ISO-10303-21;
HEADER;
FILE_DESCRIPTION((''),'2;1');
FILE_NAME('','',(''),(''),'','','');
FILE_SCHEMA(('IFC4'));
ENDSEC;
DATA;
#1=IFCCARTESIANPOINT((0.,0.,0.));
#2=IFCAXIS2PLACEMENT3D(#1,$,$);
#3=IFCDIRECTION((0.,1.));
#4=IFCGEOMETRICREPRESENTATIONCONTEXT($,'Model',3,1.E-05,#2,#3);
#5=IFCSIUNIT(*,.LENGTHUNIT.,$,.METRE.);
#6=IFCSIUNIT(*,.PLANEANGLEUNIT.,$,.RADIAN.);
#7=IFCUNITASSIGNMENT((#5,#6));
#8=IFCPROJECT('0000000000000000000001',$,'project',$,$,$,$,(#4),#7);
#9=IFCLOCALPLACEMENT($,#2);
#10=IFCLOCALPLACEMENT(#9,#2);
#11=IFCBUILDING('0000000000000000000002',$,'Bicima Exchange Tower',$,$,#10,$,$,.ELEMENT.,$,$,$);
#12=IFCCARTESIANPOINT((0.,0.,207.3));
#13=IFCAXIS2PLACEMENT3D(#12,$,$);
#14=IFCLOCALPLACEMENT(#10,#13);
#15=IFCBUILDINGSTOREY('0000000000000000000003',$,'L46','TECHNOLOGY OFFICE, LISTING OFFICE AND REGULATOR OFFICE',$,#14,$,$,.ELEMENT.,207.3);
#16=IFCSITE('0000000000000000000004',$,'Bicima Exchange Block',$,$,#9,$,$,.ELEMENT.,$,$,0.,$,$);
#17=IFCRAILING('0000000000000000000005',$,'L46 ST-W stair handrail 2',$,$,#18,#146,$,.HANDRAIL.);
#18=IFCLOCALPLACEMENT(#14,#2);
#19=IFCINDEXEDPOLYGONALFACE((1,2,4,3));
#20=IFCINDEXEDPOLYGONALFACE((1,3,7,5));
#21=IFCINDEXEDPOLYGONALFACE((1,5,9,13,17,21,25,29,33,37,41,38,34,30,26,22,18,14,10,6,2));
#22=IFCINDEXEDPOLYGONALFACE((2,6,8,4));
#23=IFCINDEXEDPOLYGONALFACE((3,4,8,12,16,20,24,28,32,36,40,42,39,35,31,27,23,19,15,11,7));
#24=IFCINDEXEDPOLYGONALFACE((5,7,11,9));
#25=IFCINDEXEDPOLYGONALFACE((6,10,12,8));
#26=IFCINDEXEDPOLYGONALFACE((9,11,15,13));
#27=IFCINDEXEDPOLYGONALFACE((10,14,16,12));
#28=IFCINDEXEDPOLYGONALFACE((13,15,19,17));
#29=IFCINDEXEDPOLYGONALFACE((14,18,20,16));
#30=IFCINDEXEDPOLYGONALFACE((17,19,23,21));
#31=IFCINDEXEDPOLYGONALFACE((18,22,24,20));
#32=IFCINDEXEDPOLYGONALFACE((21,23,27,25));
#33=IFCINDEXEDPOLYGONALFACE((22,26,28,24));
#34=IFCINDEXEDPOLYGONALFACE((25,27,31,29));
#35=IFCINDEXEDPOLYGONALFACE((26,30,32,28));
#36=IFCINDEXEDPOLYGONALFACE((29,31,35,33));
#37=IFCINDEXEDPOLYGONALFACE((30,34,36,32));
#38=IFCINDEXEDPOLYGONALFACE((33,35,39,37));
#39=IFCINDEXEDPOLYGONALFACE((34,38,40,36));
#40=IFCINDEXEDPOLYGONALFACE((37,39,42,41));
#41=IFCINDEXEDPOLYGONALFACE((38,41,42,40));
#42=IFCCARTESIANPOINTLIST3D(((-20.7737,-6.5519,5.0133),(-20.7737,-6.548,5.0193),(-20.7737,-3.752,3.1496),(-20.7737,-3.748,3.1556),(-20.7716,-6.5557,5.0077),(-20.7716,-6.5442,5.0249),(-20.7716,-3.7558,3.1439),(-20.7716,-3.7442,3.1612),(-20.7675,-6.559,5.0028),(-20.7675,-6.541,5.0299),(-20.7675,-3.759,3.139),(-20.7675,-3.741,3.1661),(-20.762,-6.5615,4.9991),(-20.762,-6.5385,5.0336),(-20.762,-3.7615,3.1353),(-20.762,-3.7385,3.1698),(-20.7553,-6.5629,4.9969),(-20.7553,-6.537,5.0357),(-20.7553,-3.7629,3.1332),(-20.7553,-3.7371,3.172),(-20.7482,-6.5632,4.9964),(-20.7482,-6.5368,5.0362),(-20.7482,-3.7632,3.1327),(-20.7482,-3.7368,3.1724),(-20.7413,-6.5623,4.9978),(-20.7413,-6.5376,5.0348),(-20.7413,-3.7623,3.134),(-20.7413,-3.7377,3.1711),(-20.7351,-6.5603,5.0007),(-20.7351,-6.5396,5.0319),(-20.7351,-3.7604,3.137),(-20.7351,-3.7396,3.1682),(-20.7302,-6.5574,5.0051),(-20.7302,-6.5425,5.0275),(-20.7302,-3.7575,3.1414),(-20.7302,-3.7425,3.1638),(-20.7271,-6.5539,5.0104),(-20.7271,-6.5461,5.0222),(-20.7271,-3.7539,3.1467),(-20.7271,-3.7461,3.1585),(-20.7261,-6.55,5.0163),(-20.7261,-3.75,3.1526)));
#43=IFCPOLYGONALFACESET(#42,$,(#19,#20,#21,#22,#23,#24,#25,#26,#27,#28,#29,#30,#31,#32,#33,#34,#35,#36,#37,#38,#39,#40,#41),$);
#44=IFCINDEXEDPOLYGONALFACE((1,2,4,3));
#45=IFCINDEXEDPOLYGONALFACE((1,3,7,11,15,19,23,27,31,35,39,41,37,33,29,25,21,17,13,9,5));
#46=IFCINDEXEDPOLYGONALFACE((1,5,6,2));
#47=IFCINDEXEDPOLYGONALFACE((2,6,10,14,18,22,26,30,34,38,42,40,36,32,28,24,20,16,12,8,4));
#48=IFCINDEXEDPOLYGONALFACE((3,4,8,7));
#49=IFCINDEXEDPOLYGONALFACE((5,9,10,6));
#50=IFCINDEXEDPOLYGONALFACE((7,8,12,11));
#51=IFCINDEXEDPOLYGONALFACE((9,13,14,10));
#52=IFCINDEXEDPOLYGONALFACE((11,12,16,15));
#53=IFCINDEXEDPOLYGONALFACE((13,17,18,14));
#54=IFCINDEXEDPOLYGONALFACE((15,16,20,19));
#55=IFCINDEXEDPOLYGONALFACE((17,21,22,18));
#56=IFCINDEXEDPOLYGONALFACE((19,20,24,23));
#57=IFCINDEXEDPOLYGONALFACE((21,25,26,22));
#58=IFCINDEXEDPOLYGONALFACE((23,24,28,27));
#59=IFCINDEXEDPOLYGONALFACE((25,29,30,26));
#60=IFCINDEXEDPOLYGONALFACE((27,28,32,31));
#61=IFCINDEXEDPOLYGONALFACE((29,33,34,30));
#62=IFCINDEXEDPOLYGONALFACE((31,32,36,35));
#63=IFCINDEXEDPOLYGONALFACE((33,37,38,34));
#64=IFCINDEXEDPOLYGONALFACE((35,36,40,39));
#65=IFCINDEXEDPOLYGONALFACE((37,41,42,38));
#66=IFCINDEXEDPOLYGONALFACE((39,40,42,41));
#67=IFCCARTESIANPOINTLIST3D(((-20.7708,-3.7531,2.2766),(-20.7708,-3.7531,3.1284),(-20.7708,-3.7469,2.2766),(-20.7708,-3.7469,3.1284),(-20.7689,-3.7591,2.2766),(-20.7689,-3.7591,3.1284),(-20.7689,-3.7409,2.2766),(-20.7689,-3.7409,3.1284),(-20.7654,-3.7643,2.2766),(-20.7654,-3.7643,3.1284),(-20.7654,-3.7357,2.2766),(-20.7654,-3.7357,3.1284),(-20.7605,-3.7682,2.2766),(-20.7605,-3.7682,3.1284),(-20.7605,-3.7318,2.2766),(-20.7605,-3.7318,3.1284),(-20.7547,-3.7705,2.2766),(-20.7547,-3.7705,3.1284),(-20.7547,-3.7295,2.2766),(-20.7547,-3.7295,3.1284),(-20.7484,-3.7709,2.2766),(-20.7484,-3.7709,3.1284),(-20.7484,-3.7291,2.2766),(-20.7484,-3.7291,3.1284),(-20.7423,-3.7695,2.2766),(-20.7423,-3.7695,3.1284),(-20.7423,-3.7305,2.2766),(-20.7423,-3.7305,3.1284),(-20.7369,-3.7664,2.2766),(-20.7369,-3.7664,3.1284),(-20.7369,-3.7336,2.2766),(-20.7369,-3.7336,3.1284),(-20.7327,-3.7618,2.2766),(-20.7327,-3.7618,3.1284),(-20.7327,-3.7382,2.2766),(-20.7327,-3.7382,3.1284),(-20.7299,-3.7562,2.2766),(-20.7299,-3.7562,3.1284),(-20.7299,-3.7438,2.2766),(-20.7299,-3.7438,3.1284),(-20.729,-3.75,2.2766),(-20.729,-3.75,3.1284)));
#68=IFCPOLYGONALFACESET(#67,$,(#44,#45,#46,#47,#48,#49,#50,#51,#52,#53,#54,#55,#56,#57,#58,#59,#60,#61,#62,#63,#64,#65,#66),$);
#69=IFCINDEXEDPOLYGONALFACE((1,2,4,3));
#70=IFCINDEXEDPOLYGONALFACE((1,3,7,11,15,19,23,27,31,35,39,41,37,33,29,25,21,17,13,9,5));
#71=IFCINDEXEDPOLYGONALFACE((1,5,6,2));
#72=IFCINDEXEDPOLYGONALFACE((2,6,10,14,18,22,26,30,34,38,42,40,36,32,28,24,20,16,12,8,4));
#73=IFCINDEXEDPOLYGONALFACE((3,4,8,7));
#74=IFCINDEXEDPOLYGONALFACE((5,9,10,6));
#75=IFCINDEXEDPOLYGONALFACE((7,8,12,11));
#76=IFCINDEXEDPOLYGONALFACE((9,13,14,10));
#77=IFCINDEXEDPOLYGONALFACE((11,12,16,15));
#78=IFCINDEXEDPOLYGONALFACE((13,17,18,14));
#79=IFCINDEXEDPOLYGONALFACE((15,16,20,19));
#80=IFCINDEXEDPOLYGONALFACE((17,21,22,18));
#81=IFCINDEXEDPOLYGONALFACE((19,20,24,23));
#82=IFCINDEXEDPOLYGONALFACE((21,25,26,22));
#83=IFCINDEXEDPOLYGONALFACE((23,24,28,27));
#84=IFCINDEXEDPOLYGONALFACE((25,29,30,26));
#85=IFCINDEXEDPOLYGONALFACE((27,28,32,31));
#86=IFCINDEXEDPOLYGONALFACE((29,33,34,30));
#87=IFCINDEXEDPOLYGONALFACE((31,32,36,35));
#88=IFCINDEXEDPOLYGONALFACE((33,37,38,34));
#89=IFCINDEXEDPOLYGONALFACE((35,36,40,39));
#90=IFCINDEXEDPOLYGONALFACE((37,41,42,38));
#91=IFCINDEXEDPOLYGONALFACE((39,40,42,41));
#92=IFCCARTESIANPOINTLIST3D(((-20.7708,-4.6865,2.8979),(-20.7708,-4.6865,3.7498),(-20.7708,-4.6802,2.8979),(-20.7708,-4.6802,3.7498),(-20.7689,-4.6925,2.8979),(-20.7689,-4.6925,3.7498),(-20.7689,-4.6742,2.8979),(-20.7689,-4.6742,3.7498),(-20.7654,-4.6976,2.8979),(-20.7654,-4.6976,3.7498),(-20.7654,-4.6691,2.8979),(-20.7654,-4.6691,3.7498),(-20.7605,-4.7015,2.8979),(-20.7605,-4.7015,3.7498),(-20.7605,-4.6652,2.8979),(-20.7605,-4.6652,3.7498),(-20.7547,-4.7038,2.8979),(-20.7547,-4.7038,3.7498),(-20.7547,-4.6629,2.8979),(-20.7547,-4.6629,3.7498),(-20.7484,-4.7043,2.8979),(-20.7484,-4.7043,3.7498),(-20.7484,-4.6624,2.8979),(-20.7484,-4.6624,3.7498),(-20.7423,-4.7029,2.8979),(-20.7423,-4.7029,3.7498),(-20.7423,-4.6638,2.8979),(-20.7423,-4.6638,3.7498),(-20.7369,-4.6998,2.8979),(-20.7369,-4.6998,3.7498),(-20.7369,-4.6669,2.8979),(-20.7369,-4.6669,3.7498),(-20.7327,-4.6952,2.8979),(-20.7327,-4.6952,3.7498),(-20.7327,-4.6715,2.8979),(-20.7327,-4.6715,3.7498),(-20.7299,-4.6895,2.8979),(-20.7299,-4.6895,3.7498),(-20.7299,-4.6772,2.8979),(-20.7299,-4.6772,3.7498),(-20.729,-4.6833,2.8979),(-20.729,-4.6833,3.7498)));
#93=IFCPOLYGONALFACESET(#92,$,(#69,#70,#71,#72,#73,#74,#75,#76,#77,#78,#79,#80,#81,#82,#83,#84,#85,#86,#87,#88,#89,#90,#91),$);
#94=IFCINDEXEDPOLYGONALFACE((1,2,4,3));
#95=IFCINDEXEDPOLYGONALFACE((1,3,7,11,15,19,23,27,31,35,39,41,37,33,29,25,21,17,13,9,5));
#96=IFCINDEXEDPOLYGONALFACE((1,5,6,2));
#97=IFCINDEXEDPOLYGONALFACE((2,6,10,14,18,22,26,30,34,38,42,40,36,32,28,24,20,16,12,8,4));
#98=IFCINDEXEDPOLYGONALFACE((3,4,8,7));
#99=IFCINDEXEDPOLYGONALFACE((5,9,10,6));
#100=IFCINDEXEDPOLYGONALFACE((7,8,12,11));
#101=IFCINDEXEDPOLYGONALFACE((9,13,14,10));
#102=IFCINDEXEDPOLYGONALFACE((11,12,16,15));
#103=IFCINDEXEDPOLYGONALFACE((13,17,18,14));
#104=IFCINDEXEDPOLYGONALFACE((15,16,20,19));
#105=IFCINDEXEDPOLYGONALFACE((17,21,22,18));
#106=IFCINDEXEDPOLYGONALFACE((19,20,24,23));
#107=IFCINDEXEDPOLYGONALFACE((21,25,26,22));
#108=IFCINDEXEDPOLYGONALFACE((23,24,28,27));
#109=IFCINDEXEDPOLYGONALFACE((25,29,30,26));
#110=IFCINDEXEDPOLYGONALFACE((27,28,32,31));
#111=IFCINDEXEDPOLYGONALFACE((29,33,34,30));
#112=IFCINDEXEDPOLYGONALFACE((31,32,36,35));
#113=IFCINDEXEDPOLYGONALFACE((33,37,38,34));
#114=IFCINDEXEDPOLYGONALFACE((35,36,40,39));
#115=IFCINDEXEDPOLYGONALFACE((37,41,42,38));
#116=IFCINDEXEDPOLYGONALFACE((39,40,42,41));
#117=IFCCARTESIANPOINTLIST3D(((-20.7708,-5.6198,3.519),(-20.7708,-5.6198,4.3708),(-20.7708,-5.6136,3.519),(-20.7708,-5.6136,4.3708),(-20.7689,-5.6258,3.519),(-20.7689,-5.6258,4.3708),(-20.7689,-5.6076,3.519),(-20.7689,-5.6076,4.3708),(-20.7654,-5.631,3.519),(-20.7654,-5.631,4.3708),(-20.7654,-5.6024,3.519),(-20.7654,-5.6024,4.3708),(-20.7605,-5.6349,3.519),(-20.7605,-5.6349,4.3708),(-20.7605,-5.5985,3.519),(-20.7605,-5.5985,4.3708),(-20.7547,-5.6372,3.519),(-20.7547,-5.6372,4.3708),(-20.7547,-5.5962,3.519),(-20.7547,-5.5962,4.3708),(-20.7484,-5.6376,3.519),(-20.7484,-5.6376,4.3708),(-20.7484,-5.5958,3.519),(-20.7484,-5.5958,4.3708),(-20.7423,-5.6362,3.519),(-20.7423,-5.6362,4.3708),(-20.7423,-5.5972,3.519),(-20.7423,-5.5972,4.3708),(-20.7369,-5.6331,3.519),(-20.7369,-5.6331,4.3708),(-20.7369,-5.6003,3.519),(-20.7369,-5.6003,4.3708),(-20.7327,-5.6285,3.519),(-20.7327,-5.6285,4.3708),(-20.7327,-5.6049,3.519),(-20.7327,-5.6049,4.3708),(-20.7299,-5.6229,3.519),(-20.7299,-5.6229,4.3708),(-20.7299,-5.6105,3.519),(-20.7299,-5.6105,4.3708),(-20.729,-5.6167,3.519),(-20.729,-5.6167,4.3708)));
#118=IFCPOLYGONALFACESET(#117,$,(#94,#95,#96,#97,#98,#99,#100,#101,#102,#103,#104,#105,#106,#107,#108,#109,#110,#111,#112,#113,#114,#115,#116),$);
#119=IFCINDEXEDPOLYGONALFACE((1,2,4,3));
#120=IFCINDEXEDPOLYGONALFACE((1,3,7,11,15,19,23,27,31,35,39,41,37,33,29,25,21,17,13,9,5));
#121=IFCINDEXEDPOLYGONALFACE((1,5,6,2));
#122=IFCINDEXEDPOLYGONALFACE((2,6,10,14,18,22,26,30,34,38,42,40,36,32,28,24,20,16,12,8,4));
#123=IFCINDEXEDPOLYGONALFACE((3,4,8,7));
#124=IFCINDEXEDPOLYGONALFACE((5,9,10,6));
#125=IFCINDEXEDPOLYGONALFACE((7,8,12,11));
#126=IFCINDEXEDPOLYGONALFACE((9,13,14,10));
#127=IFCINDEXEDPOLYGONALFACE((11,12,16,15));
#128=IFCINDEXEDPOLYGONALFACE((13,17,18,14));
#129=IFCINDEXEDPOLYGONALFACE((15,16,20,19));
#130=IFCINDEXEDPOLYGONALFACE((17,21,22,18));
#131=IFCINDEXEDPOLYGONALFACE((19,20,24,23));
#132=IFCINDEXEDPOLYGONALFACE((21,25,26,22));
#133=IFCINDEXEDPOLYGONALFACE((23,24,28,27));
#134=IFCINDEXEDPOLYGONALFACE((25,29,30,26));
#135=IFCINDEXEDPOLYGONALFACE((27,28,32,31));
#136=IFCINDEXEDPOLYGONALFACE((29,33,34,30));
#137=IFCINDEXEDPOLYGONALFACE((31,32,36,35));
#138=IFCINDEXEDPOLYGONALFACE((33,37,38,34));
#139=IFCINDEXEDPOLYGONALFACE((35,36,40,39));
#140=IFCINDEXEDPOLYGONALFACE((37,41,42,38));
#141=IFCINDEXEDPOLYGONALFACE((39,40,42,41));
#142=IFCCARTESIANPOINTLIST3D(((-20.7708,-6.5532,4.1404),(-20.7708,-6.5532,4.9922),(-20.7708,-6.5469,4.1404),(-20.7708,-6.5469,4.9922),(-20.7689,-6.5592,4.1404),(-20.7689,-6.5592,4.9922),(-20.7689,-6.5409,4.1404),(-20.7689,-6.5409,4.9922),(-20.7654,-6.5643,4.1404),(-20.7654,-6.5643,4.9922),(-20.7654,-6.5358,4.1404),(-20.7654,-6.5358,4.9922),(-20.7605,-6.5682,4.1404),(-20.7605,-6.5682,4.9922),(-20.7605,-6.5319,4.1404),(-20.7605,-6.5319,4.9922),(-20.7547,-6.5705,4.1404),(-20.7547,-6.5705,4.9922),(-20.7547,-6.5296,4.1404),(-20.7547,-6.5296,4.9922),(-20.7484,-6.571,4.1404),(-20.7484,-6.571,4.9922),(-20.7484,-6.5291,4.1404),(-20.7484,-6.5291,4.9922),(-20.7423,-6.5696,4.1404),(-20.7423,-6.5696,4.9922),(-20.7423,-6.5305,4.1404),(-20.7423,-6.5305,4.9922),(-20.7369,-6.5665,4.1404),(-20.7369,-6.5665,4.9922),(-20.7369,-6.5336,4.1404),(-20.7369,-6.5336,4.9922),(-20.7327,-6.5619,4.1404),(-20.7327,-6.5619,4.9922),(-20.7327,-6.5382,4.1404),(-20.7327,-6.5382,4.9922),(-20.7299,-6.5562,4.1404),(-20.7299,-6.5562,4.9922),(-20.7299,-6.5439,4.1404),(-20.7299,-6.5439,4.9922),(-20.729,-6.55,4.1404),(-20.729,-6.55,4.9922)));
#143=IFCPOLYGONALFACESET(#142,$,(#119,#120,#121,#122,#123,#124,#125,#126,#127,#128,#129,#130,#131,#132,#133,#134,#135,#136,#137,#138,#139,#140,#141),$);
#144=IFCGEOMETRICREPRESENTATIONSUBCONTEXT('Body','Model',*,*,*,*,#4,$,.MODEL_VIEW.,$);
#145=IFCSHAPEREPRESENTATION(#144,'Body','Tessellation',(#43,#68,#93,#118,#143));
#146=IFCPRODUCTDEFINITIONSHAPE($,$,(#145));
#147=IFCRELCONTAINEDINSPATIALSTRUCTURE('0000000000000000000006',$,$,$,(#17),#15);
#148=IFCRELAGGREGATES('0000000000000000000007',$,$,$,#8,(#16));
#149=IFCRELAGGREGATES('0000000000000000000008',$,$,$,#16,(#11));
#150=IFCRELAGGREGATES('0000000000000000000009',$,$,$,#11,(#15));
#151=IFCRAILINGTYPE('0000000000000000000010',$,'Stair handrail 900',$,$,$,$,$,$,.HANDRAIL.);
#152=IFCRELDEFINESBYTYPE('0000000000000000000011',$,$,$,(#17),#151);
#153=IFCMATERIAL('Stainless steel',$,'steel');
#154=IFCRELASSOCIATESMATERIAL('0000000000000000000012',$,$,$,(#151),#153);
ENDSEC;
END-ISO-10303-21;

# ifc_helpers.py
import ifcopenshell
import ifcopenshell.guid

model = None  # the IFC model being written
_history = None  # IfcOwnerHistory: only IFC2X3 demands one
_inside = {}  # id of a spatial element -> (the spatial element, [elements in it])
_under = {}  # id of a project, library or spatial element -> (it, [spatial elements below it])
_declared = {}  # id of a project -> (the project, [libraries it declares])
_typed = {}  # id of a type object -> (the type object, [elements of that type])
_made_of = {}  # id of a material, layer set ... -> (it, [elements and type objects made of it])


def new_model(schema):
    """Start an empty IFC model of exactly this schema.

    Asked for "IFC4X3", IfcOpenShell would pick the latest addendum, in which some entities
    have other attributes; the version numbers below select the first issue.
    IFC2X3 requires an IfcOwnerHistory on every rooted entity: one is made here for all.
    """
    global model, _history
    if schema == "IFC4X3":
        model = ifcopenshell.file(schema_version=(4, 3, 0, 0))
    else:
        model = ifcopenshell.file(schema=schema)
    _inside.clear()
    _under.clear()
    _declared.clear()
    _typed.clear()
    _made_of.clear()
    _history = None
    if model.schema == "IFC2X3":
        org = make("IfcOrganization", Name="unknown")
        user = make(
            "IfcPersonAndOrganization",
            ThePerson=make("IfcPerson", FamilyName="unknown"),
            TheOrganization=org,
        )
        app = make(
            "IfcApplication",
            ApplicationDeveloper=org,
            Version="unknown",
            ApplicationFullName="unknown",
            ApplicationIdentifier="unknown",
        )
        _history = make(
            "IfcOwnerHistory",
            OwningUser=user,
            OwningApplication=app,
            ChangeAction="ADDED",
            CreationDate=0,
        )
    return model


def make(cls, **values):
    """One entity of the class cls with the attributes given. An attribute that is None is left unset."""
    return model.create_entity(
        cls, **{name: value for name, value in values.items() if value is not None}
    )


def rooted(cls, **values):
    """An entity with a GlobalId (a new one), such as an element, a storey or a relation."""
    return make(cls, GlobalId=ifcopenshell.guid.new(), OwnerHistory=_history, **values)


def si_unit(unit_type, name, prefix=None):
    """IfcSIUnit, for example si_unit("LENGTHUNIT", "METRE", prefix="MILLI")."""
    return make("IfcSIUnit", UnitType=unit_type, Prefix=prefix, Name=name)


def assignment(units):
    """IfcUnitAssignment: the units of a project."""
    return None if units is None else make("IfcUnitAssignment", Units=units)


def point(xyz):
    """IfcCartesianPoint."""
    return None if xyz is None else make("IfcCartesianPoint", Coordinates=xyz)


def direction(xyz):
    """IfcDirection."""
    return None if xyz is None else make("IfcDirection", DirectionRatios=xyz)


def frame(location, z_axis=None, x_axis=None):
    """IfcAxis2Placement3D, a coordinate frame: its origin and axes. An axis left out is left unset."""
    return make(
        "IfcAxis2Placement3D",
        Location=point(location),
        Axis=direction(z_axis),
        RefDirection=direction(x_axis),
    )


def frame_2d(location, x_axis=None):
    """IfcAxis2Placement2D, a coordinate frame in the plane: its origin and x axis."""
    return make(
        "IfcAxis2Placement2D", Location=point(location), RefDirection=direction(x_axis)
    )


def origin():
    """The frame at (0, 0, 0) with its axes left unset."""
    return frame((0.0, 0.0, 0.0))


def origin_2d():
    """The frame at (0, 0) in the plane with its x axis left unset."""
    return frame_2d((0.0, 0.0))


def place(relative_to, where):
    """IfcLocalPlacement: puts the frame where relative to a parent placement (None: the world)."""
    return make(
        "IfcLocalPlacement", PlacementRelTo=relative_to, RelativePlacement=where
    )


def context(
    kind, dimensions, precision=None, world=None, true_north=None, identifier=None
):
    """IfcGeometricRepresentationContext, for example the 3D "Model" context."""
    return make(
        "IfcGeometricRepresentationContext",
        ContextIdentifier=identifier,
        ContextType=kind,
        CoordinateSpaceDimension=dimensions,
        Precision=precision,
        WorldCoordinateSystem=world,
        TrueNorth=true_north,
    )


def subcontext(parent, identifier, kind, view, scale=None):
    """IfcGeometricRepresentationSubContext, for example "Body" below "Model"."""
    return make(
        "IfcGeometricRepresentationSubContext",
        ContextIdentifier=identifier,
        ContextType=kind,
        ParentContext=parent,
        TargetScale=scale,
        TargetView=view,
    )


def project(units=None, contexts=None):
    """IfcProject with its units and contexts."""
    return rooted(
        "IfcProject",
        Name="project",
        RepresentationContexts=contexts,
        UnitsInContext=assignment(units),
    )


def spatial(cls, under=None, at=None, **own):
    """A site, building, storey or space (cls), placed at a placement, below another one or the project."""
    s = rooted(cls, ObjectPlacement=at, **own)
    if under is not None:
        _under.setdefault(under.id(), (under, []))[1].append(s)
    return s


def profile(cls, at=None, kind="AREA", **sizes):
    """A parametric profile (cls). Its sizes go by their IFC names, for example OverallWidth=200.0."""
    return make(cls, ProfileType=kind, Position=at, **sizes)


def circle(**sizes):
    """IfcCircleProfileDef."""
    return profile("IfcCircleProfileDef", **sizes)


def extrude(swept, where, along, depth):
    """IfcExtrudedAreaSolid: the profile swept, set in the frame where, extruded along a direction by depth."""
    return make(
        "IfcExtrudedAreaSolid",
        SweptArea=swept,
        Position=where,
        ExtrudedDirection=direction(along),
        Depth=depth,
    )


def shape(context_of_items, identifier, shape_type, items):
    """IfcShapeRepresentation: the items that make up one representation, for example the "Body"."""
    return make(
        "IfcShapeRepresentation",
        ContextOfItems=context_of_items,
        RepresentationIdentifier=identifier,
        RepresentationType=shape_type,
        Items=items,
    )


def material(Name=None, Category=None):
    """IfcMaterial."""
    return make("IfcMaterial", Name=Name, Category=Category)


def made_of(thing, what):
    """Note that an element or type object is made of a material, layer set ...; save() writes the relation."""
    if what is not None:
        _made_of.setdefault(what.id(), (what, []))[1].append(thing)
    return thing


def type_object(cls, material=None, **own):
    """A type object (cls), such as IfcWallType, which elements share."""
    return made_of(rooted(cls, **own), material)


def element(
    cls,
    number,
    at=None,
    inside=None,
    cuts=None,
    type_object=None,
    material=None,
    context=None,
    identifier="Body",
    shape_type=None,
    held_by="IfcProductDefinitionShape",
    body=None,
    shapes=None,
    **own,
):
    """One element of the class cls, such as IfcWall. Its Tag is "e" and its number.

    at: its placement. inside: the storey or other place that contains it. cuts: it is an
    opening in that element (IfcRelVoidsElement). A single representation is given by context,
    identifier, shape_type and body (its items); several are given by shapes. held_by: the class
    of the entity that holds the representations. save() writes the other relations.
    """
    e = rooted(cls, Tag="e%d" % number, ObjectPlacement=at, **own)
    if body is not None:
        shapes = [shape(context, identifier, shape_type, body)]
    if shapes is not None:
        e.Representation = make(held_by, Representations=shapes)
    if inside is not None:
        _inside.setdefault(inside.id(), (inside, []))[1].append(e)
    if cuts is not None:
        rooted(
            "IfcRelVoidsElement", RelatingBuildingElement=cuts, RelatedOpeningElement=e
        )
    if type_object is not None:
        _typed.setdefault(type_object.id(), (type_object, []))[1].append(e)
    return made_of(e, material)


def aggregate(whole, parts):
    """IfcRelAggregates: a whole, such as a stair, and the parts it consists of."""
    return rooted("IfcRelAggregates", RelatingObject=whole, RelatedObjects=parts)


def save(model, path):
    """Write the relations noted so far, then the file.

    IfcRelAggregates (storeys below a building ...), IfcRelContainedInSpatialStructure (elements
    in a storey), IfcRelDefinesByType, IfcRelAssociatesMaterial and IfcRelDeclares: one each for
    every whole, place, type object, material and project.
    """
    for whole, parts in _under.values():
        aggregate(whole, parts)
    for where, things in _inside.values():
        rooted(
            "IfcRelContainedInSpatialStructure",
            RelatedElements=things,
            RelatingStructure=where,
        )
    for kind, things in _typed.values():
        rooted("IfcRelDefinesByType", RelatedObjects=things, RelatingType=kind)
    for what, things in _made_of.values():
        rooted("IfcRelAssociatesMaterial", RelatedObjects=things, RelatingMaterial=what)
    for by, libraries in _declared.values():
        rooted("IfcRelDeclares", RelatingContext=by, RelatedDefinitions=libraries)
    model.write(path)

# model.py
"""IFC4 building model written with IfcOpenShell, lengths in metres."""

from ifc_helpers import new_model, si_unit, direction, frame, origin, origin_2d, place, context, subcontext, project, spatial, circle, extrude, material, type_object, element, save


model = new_model("IFC4")

# Units and contexts
model_context = context("Model", 3, precision=1e-05, world=origin(), true_north=direction((0.0, 1.0)))
body_context = subcontext(model_context, "Body", "Model", "MODEL_VIEW")
ifc_project = project(units=[si_unit("LENGTHUNIT", "METRE"), si_unit("PLANEANGLEUNIT", "RADIAN")], contexts=[model_context])

# Site, building, storey
site_placement = place(None, origin())
site = spatial("IfcSite", under=ifc_project, at=site_placement, Name="Bicima Exchange Block", CompositionType="ELEMENT", RefElevation=0.0)
building_placement = place(site_placement, origin())
building = spatial("IfcBuilding", under=site, at=building_placement, Name="Bicima Exchange Tower", CompositionType="ELEMENT")
storey_placement = place(building_placement, frame((0.0, 0.0, 207.3)))
storey = spatial("IfcBuildingStorey", under=building, at=storey_placement, Name="L46", Description="TECHNOLOGY OFFICE, LISTING OFFICE AND REGULATOR OFFICE", CompositionType="ELEMENT", Elevation=207.3)

# Railing
ifc_material_1 = material(Name="Stainless steel", Category="steel")
railing_type = type_object("IfcRailingType", Name="Stair handrail 900", PredefinedType="HANDRAIL", material=ifc_material_1)
railing_placement = place(storey_placement, frame((-20.75, -3.75, 2.2766)))
element("IfcRailing", 1, at=railing_placement, inside=storey, type_object=railing_type, Name="L46 ST-W stair handrail 2", PredefinedType="HANDRAIL", context=body_context, shape_type="SweptSolid", body=[
    extrude(circle(Radius=0.0239, at=origin_2d()), frame((0.0, 0.0, 0.876), z_axis=(0.0, -0.832452, 0.554097), x_axis=(1.0, 0.0, 0.0)), (0.0, 0.0, 1.0), 3.3635),
    extrude(circle(Radius=0.021, at=origin_2d()), origin(), (0.0, 0.0, 1.0), 0.8518),
    extrude(circle(Radius=0.021, at=origin_2d()), frame((0.0, -0.9333, 0.6213)), (0.0, 0.0, 1.0), 0.8518),
    extrude(circle(Radius=0.021, at=origin_2d()), frame((0.0, -1.8667, 1.2424)), (0.0, 0.0, 1.0), 0.8518),
    extrude(circle(Radius=0.021, at=origin_2d()), frame((0.0, -2.8, 1.8638)), (0.0, 0.0, 1.0), 0.8518),
])

save(model, "model.ifc")
